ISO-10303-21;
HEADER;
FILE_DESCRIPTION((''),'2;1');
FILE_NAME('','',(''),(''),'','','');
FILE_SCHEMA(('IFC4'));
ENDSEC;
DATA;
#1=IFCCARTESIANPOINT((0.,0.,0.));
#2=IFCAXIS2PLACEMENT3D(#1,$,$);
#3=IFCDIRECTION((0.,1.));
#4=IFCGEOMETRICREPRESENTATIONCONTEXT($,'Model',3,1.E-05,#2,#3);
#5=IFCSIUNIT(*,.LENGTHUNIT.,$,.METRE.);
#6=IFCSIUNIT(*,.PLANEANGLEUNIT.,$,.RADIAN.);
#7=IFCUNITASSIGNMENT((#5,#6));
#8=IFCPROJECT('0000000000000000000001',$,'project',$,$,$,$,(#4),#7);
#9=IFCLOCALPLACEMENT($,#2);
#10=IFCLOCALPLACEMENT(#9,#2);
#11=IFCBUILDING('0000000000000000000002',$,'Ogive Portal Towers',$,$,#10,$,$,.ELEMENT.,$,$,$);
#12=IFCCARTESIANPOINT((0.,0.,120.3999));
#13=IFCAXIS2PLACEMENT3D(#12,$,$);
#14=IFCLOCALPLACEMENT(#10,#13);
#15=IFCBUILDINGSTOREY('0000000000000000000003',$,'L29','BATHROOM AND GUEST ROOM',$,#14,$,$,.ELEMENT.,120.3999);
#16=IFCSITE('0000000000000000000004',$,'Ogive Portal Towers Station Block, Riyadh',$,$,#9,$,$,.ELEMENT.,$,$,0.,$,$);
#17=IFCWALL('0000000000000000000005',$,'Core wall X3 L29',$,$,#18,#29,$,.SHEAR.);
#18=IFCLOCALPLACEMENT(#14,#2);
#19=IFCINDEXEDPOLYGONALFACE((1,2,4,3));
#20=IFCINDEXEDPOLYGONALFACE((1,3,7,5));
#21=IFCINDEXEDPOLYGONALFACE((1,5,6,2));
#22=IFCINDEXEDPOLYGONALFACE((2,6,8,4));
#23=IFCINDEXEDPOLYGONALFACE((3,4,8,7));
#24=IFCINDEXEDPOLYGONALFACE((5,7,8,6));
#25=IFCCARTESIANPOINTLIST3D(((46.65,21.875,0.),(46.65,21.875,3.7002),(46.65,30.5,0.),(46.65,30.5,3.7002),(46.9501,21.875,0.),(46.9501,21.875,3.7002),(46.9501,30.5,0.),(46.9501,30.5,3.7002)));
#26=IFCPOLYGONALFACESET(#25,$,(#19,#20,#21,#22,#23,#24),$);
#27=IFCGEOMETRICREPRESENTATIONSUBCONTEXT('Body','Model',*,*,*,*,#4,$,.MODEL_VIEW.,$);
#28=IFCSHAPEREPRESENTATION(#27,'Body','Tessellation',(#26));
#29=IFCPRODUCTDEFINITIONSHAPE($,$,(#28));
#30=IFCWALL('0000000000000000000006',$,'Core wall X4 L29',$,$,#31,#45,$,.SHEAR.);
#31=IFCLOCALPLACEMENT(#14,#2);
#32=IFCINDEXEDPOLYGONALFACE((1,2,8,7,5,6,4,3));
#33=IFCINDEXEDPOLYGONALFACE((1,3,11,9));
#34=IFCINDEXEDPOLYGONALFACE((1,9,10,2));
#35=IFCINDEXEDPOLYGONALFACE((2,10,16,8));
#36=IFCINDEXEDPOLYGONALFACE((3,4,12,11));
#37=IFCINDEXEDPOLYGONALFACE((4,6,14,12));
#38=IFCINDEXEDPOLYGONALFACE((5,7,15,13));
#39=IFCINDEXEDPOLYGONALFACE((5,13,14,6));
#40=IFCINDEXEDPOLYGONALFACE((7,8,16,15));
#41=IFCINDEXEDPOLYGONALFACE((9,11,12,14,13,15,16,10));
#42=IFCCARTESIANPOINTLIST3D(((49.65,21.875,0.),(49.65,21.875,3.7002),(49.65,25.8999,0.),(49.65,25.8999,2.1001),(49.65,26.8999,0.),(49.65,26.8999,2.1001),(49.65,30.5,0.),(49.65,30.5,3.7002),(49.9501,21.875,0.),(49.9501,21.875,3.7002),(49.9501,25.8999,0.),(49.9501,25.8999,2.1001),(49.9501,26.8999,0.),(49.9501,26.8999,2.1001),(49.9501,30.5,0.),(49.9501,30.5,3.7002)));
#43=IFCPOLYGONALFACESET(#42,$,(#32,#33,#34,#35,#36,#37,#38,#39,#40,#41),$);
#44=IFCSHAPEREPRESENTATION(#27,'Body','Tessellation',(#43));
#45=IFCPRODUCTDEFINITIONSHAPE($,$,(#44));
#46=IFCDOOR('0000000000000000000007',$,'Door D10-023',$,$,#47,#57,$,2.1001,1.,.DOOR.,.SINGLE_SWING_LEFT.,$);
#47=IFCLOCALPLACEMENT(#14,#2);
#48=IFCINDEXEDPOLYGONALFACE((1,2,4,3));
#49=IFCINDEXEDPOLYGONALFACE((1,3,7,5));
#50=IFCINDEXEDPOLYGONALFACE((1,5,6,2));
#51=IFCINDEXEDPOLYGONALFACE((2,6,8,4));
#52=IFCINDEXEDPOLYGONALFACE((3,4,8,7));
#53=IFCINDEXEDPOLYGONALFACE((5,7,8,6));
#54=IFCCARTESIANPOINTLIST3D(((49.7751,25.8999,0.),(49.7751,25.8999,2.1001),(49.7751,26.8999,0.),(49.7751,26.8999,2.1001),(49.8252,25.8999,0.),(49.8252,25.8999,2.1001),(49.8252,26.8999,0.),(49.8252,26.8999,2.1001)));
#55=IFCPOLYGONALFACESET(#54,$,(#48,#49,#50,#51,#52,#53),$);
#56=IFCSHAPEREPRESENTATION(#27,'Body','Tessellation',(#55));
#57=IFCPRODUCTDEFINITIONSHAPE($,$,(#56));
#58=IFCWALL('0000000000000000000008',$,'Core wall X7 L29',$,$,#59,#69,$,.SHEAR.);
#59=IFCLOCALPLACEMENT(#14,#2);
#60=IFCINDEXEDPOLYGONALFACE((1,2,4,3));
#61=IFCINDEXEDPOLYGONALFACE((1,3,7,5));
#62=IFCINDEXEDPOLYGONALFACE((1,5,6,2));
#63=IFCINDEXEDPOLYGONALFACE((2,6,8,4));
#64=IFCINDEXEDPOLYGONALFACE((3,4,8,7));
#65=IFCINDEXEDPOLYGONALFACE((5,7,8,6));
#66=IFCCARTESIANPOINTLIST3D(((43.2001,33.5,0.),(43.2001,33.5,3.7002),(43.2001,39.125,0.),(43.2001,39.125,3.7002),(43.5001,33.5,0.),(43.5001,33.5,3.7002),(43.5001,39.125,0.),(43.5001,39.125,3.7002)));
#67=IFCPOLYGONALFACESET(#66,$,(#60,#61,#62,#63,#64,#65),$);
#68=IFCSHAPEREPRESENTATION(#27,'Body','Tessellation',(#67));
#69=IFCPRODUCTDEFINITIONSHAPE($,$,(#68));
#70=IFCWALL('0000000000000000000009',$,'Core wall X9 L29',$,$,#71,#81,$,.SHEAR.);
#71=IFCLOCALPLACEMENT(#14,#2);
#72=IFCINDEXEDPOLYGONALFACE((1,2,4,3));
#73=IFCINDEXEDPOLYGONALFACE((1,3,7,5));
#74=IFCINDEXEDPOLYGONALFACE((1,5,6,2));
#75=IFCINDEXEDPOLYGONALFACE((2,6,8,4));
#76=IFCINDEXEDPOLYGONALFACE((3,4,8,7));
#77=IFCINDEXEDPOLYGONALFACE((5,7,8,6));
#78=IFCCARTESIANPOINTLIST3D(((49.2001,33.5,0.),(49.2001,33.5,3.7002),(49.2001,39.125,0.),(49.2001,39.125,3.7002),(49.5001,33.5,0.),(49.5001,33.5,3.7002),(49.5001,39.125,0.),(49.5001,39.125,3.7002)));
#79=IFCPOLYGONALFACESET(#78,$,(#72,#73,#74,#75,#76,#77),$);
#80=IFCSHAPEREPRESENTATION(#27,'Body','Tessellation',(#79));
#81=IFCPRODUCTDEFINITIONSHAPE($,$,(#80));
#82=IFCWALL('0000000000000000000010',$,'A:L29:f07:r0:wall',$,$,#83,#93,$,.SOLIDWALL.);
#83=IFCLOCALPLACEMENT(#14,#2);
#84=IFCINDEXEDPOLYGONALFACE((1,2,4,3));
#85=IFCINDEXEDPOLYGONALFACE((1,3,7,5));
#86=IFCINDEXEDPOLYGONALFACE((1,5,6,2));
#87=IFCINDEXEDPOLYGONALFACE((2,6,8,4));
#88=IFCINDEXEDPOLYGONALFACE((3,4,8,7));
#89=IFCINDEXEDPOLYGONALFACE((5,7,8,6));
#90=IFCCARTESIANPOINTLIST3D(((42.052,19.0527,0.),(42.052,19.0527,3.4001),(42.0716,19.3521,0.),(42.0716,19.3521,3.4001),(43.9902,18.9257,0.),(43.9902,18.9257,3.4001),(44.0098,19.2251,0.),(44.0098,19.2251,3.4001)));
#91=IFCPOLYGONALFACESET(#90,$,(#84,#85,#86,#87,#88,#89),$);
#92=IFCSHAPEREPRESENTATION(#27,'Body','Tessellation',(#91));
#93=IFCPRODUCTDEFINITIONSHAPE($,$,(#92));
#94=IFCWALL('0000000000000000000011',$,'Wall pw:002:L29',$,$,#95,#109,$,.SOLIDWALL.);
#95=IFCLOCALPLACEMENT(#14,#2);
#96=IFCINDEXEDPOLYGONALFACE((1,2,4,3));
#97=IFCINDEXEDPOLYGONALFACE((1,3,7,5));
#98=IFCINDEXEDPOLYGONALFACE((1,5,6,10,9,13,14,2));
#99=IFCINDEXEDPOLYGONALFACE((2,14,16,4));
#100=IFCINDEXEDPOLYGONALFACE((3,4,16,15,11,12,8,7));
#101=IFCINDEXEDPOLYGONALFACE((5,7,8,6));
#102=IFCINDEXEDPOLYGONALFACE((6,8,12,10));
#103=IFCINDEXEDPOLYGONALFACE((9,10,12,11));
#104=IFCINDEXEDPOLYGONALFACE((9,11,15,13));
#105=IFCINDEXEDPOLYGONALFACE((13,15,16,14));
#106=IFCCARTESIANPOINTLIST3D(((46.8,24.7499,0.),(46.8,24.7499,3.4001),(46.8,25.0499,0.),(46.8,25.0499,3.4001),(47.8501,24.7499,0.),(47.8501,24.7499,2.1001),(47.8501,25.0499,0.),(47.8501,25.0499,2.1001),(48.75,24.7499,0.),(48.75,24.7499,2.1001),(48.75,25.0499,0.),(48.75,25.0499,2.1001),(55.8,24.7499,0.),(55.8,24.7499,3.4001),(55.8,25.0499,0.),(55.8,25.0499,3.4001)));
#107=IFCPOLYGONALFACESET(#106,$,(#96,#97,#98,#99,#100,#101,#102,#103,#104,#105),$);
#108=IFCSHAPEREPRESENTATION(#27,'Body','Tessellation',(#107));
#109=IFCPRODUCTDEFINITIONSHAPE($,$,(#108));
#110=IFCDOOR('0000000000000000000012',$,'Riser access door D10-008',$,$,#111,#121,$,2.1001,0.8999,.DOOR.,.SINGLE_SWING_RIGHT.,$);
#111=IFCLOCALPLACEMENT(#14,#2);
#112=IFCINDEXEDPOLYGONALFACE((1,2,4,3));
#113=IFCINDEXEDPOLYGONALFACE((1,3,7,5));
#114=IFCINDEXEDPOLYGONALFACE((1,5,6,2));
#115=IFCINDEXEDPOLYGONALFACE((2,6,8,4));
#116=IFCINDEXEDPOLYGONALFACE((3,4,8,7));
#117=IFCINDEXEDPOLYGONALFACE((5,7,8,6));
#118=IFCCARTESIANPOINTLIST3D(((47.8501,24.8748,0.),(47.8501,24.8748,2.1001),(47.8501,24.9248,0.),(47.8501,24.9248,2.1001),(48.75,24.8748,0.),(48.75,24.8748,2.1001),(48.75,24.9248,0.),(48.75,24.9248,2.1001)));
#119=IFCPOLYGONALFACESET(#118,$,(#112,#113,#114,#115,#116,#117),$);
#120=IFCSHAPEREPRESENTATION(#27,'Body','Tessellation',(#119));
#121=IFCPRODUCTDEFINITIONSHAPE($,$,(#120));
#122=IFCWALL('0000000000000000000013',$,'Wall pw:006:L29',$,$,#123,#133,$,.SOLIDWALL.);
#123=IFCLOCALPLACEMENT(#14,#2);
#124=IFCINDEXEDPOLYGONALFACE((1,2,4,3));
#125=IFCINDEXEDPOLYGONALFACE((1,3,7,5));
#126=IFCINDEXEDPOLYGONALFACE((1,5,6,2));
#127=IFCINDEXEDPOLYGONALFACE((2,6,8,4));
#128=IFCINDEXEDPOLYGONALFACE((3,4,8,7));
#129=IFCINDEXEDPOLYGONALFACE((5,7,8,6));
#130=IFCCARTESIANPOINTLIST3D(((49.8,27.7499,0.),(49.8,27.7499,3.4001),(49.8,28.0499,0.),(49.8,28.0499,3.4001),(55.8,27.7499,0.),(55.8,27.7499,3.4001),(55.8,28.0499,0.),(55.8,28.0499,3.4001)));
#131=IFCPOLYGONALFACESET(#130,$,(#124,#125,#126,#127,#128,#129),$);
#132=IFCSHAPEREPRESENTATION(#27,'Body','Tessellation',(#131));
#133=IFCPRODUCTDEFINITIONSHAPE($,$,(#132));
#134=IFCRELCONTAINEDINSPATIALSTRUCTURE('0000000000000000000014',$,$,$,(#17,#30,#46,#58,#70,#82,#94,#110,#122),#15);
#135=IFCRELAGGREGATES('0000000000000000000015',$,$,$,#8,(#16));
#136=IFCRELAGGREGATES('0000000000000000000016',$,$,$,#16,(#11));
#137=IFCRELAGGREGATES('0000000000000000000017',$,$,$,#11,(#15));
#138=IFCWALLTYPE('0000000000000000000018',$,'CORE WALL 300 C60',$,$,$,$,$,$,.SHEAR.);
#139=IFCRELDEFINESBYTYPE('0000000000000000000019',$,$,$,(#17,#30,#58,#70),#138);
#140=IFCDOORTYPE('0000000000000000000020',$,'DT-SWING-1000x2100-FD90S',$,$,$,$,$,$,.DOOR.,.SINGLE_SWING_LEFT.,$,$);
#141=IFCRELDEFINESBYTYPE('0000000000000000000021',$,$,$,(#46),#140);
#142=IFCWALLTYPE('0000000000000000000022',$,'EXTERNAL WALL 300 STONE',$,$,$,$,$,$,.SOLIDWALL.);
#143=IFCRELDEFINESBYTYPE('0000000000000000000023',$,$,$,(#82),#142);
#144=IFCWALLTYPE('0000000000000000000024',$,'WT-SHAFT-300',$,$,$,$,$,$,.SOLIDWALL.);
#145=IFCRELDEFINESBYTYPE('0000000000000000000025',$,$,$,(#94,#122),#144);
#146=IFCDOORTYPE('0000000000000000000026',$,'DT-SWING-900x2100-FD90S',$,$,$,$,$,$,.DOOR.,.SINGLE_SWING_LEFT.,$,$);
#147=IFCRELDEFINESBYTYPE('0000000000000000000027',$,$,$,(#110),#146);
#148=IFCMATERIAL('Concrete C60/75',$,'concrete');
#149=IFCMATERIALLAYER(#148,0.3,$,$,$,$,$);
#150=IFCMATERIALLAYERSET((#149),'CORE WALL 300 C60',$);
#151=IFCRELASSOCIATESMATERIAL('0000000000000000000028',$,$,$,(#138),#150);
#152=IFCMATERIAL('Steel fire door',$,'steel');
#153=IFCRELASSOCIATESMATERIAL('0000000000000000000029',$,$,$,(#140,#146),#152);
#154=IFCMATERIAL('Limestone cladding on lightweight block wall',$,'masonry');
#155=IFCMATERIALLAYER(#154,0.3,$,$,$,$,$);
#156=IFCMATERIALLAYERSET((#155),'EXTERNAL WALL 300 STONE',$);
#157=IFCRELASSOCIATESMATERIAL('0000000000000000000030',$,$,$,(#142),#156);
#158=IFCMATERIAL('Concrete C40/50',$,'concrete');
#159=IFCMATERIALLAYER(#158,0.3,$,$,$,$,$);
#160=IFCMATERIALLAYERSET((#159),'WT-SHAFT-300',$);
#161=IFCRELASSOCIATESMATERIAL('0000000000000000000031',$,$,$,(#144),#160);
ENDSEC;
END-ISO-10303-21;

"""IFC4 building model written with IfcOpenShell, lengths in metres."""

from ifc_helpers import new_model, si_unit, direction, frame, frame_2d, origin, place, context, subcontext, project, spatial, rectangle, extrude, material, layer, layer_set, type_object, element, fill, save


model = new_model("IFC4")

# Units and contexts
model_context = context("Model", 3, precision=1e-05, world=origin(), true_north=direction((0.0, 1.0)))
body_context = subcontext(model_context, "Body", "Model", "MODEL_VIEW")
ifc_project = project(units=[si_unit("LENGTHUNIT", "METRE"), si_unit("PLANEANGLEUNIT", "RADIAN")], contexts=[model_context])

# Site, building, storey
site_placement = place(None, origin())
site = spatial("IfcSite", under=ifc_project, at=site_placement, Name="Ogive Portal Towers Station Block, Riyadh", CompositionType="ELEMENT", RefElevation=0.0)
building_placement = place(site_placement, origin())
building = spatial("IfcBuilding", under=site, at=building_placement, Name="Ogive Portal Towers", CompositionType="ELEMENT")
storey_placement = place(building_placement, frame((0.0, 0.0, 120.3999)))
storey = spatial("IfcBuildingStorey", under=building, at=storey_placement, Name="L29", Description="BATHROOM AND GUEST ROOM", CompositionType="ELEMENT", Elevation=120.3999)

# Wall
ifc_material_1 = material(Name="Concrete C60/75", Category="concrete")
ifc_layer_1 = layer(ifc_material_1, 0.3)
ifc_layer_set_1 = layer_set([ifc_layer_1], Name="CORE WALL 300 C60")
wall_type_1 = type_object("IfcWallType", Name="CORE WALL 300 C60", PredefinedType="SHEAR", material=ifc_layer_set_1)
wall_1_placement = place(storey_placement, frame((46.8, 21.875, 0.0), z_axis=(0.0, 0.0, 1.0), x_axis=(0.0, 1.0, 0.0)))
element("IfcWall", 1, at=wall_1_placement, inside=storey, type_object=wall_type_1, Name="Core wall X3 L29", PredefinedType="SHEAR", context=body_context, shape_type="SweptSolid", body=[
    extrude(rectangle(XDim=8.625, YDim=0.3, at=frame_2d((4.3125, 0.0))), origin(), (0.0, 0.0, 1.0), 3.7002),
])

# Wall, opening, door
wall_2_placement = place(storey_placement, frame((49.8, 21.875, 0.0), z_axis=(0.0, 0.0, 1.0), x_axis=(0.0, 1.0, 0.0)))
wall_2 = element("IfcWall", 2, at=wall_2_placement, inside=storey, type_object=wall_type_1, Name="Core wall X4 L29", PredefinedType="SHEAR", context=body_context, shape_type="SweptSolid", body=[
    extrude(rectangle(XDim=8.625, YDim=0.3, at=frame_2d((4.3125, 0.0))), origin(), (0.0, 0.0, 1.0), 3.7002),
])
opening_1_placement = place(wall_2_placement, frame((4.0249, 0.0, 0.0)))
opening_1 = element("IfcOpeningElement", 3, at=opening_1_placement, cuts=wall_2, PredefinedType="OPENING", context=body_context, shape_type="SweptSolid", body=[
    extrude(rectangle(XDim=1.0, YDim=2.1001, at=frame_2d((0.5, 1.05))), frame((0.0, 0.1602, 0.0), z_axis=(0.0, -1.0, 0.0), x_axis=(1.0, 0.0, 0.0)), (0.0, 0.0, 1.0), 0.3201),
])
ifc_material_2 = material(Name="Steel fire door", Category="steel")
door_type_1 = type_object("IfcDoorType", Name="DT-SWING-1000x2100-FD90S", OperationType="SINGLE_SWING_LEFT", PredefinedType="DOOR", material=ifc_material_2)
door_1_placement = place(opening_1_placement, origin())
door_1 = element("IfcDoor", 4, at=door_1_placement, inside=storey, type_object=door_type_1, Name="Door D10-023", OperationType="SINGLE_SWING_LEFT", OverallHeight=2.1001, OverallWidth=1.0, PredefinedType="DOOR", context=body_context, shape_type="SweptSolid", body=[
    extrude(rectangle(XDim=1.0, YDim=2.1001, at=frame_2d((0.5, 1.05))), frame((0.0, 0.0249, 0.0), z_axis=(0.0, -1.0, 0.0), x_axis=(1.0, 0.0, 0.0)), (0.0, 0.0, 1.0), 0.05),
])
fill(opening_1, door_1)

# Walls
for number, where, z_axis, x_axis, name in (
    (5, (43.3501, 33.5, 0.0), (0.0, 0.0, 1.0), (0.0, 1.0, 0.0), "Core wall X7 L29"),
    (6, (49.3501, 33.5, 0.0), (0.0, 0.0, 1.0), (0.0, 1.0, 0.0), "Core wall X9 L29"),
):
    element("IfcWall", number, at=place(storey_placement, frame(where, z_axis=z_axis, x_axis=x_axis)), inside=storey, type_object=wall_type_1, Name=name, PredefinedType="SHEAR", context=body_context, shape_type="SweptSolid", body=[
        extrude(rectangle(XDim=5.625, YDim=0.3, at=frame_2d((2.8125, 0.0))), origin(), (0.0, 0.0, 1.0), 3.7002),
    ])
ifc_material_3 = material(Name="Limestone cladding on lightweight block wall", Category="masonry")
ifc_layer_2 = layer(ifc_material_3, 0.3)
ifc_layer_set_2 = layer_set([ifc_layer_2], Name="EXTERNAL WALL 300 STONE")
wall_type_2 = type_object("IfcWallType", Name="EXTERNAL WALL 300 STONE", PredefinedType="SOLIDWALL", material=ifc_layer_set_2)
wall_3_placement = place(storey_placement, frame((42.0618, 19.2024, 0.0), z_axis=(0.0, 0.0, 1.0), x_axis=(0.997862, -0.065359, 0.0)))
element("IfcWall", 7, at=wall_3_placement, inside=storey, type_object=wall_type_2, Name="A:L29:f07:r0:wall", PredefinedType="SOLIDWALL", context=body_context, shape_type="SweptSolid", body=[
    extrude(rectangle(XDim=1.9424, YDim=0.3, at=frame_2d((0.9712, 0.0))), origin(), (0.0, 0.0, 1.0), 3.4001),
])

# Wall, opening, door
ifc_material_4 = material(Name="Concrete C40/50", Category="concrete")
ifc_layer_3 = layer(ifc_material_4, 0.3)
ifc_layer_set_3 = layer_set([ifc_layer_3], Name="WT-SHAFT-300")
wall_type_3 = type_object("IfcWallType", Name="WT-SHAFT-300", PredefinedType="SOLIDWALL", material=ifc_layer_set_3)
wall_4_placement = place(storey_placement, frame((46.8, 24.8999, 0.0), z_axis=(0.0, 0.0, 1.0), x_axis=(1.0, 0.0, 0.0)))
wall_4 = element("IfcWall", 8, at=wall_4_placement, inside=storey, type_object=wall_type_3, Name="Wall pw:002:L29", PredefinedType="SOLIDWALL", context=body_context, shape_type="SweptSolid", body=[
    extrude(rectangle(XDim=9.0, YDim=0.3, at=frame_2d((4.5, 0.0))), origin(), (0.0, 0.0, 1.0), 3.4001),
])
opening_2_placement = place(wall_4_placement, frame((1.05, 0.0, 0.0)))
opening_2 = element("IfcOpeningElement", 9, at=opening_2_placement, cuts=wall_4, PredefinedType="OPENING", context=body_context, shape_type="SweptSolid", body=[
    extrude(rectangle(XDim=0.8999, YDim=2.1001, at=frame_2d((0.45, 1.05))), frame((0.0, 0.1602, 0.0), z_axis=(0.0, -1.0, 0.0), x_axis=(1.0, 0.0, 0.0)), (0.0, 0.0, 1.0), 0.3201),
])
door_type_2 = type_object("IfcDoorType", Name="DT-SWING-900x2100-FD90S", OperationType="SINGLE_SWING_LEFT", PredefinedType="DOOR", material=ifc_material_2)
door_2_placement = place(opening_2_placement, origin())
door_2 = element("IfcDoor", 10, at=door_2_placement, inside=storey, type_object=door_type_2, Name="Riser access door D10-008", OperationType="SINGLE_SWING_RIGHT", OverallHeight=2.1001, OverallWidth=0.8999, PredefinedType="DOOR", context=body_context, shape_type="SweptSolid", body=[
    extrude(rectangle(XDim=0.8999, YDim=2.1001, at=frame_2d((0.45, 1.05))), frame((0.0, 0.0249, 0.0), z_axis=(0.0, -1.0, 0.0), x_axis=(1.0, 0.0, 0.0)), (0.0, 0.0, 1.0), 0.05),
])
fill(opening_2, door_2)

# Wall
wall_5_placement = place(storey_placement, frame((49.8, 27.8999, 0.0), z_axis=(0.0, 0.0, 1.0), x_axis=(1.0, 0.0, 0.0)))
element("IfcWall", 11, at=wall_5_placement, inside=storey, type_object=wall_type_3, Name="Wall pw:006:L29", PredefinedType="SOLIDWALL", context=body_context, shape_type="SweptSolid", body=[
    extrude(rectangle(XDim=6.0, YDim=0.3, at=frame_2d((3.0, 0.0))), origin(), (0.0, 0.0, 1.0), 3.4001),
])

save(model, "model.ifc")
